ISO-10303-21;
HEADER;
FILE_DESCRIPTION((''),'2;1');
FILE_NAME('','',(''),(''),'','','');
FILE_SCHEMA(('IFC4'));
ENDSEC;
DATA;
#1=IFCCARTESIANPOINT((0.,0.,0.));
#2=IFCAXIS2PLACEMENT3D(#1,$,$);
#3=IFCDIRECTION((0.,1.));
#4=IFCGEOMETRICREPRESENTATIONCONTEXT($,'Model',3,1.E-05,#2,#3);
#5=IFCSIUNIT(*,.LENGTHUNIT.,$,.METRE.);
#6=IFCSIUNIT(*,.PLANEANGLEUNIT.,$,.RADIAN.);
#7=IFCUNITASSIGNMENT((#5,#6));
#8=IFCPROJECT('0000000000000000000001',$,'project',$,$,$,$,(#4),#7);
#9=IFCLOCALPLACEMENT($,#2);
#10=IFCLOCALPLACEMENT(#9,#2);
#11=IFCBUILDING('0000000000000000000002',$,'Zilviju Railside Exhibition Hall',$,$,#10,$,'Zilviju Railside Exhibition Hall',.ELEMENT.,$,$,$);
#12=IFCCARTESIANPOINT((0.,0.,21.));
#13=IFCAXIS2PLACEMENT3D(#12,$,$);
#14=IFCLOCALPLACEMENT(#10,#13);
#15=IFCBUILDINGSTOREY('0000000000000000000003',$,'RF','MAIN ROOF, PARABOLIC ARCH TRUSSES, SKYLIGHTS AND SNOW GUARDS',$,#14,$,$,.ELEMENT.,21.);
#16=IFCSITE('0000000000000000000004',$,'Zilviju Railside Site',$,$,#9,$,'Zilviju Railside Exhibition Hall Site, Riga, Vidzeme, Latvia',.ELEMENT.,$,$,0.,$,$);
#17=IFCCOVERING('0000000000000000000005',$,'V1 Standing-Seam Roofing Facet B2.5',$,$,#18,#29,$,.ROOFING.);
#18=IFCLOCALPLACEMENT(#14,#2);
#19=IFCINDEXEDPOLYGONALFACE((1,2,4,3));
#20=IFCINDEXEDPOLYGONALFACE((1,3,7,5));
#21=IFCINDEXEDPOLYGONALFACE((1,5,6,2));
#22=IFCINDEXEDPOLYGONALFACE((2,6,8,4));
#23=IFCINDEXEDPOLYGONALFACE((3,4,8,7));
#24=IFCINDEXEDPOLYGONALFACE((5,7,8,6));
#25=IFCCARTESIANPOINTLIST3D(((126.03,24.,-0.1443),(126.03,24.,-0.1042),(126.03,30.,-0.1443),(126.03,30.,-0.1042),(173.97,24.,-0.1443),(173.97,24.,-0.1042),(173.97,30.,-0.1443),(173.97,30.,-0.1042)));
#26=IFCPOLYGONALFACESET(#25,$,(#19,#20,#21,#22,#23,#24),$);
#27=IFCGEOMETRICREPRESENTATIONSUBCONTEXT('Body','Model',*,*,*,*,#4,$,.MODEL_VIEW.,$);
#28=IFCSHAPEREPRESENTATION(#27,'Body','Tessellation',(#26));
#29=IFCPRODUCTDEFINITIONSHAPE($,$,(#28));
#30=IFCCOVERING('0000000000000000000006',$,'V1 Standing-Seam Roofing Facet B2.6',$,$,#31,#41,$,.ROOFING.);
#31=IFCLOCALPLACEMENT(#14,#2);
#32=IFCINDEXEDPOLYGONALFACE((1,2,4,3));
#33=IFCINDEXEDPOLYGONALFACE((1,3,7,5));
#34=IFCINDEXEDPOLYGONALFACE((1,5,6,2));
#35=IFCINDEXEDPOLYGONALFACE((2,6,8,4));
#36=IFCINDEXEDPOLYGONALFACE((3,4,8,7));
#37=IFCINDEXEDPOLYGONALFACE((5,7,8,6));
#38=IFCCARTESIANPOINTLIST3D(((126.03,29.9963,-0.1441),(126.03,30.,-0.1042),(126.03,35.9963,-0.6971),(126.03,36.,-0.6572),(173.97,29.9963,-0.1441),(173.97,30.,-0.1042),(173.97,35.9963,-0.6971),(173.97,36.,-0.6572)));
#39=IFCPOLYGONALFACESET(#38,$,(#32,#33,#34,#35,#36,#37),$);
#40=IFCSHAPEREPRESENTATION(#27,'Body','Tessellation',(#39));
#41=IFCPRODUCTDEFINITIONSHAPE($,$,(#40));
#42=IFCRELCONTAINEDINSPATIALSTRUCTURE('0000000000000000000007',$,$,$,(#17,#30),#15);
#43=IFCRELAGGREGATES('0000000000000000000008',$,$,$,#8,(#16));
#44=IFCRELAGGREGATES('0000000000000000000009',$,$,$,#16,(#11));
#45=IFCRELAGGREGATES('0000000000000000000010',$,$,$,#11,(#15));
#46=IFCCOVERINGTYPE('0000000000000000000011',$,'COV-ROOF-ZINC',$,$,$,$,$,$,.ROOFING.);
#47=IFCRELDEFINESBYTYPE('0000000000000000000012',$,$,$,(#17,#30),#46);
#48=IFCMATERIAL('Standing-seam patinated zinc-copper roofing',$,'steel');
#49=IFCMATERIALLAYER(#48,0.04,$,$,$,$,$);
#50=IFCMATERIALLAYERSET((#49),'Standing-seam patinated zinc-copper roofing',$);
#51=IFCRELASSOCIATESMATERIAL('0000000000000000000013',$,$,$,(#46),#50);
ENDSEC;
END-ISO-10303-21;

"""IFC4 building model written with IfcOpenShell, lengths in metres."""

from ifc_helpers import new_model, si_unit, direction, frame, origin, place, context, subcontext, project, spatial, polyline, outline, extrude, material, layer, layer_set, type_object, element, save


model = new_model("IFC4")

# Units and contexts
model_context = context("Model", 3, precision=1e-05, world=origin(), true_north=direction((0.0, 1.0)))
body_context = subcontext(model_context, "Body", "Model", "MODEL_VIEW")
ifc_project = project(units=[si_unit("LENGTHUNIT", "METRE"), si_unit("PLANEANGLEUNIT", "RADIAN")], contexts=[model_context])

# Site, building, storey
site_placement = place(None, origin())
site = spatial("IfcSite", under=ifc_project, at=site_placement, Name="Zilviju Railside Site", LongName="Zilviju Railside Exhibition Hall Site, Riga, Vidzeme, Latvia", CompositionType="ELEMENT", RefElevation=0.0)
building_placement = place(site_placement, origin())
building = spatial("IfcBuilding", under=site, at=building_placement, Name="Zilviju Railside Exhibition Hall", LongName="Zilviju Railside Exhibition Hall", CompositionType="ELEMENT")
storey_placement = place(building_placement, frame((0.0, 0.0, 21.0)))
storey = spatial("IfcBuildingStorey", under=building, at=storey_placement, Name="RF", Description="MAIN ROOF, PARABOLIC ARCH TRUSSES, SKYLIGHTS AND SNOW GUARDS", CompositionType="ELEMENT", Elevation=21.0)

# Coverings
ifc_material_1 = material(Name="Standing-seam patinated zinc-copper roofing", Category="steel")
ifc_layer_1 = layer(ifc_material_1, 0.04)
ifc_layer_set_1 = layer_set([ifc_layer_1], Name="Standing-seam patinated zinc-copper roofing")
covering_type = type_object("IfcCoveringType", Name="COV-ROOF-ZINC", PredefinedType="ROOFING", material=ifc_layer_set_1)
covering_1_placement = place(storey_placement, frame((126.03, 24.0, -0.1042), z_axis=(0.0, 0.0, 1.0), x_axis=(1.0, 0.0, 0.0)))
element("IfcCovering", 1, at=covering_1_placement, inside=storey, type_object=covering_type, Name="V1 Standing-Seam Roofing Facet B2.5", PredefinedType="ROOFING", context=body_context, shape_type="SweptSolid", body=[
    extrude(outline(polyline([(0.0, 0.0), (47.9399, 0.0), (47.9399, 6.0), (0.0, 6.0), (0.0, 0.0)])), origin(), (0.0, 0.0, -1.0), 0.04),
])
covering_2_placement = place(storey_placement, frame((126.03, 30.0, -0.1042), z_axis=(0.0, 0.091774, 0.99578), x_axis=(1.0, 0.0, 0.0)))
element("IfcCovering", 2, at=covering_2_placement, inside=storey, type_object=covering_type, Name="V1 Standing-Seam Roofing Facet B2.6", PredefinedType="ROOFING", context=body_context, shape_type="SweptSolid", body=[
    extrude(outline(polyline([(0.0, 0.0), (47.9399, 0.0), (47.9399, 6.0254), (0.0, 6.0254), (0.0, 0.0)])), origin(), (0.0, 0.0, -1.0), 0.04),
])

save(model, "model.ifc")
